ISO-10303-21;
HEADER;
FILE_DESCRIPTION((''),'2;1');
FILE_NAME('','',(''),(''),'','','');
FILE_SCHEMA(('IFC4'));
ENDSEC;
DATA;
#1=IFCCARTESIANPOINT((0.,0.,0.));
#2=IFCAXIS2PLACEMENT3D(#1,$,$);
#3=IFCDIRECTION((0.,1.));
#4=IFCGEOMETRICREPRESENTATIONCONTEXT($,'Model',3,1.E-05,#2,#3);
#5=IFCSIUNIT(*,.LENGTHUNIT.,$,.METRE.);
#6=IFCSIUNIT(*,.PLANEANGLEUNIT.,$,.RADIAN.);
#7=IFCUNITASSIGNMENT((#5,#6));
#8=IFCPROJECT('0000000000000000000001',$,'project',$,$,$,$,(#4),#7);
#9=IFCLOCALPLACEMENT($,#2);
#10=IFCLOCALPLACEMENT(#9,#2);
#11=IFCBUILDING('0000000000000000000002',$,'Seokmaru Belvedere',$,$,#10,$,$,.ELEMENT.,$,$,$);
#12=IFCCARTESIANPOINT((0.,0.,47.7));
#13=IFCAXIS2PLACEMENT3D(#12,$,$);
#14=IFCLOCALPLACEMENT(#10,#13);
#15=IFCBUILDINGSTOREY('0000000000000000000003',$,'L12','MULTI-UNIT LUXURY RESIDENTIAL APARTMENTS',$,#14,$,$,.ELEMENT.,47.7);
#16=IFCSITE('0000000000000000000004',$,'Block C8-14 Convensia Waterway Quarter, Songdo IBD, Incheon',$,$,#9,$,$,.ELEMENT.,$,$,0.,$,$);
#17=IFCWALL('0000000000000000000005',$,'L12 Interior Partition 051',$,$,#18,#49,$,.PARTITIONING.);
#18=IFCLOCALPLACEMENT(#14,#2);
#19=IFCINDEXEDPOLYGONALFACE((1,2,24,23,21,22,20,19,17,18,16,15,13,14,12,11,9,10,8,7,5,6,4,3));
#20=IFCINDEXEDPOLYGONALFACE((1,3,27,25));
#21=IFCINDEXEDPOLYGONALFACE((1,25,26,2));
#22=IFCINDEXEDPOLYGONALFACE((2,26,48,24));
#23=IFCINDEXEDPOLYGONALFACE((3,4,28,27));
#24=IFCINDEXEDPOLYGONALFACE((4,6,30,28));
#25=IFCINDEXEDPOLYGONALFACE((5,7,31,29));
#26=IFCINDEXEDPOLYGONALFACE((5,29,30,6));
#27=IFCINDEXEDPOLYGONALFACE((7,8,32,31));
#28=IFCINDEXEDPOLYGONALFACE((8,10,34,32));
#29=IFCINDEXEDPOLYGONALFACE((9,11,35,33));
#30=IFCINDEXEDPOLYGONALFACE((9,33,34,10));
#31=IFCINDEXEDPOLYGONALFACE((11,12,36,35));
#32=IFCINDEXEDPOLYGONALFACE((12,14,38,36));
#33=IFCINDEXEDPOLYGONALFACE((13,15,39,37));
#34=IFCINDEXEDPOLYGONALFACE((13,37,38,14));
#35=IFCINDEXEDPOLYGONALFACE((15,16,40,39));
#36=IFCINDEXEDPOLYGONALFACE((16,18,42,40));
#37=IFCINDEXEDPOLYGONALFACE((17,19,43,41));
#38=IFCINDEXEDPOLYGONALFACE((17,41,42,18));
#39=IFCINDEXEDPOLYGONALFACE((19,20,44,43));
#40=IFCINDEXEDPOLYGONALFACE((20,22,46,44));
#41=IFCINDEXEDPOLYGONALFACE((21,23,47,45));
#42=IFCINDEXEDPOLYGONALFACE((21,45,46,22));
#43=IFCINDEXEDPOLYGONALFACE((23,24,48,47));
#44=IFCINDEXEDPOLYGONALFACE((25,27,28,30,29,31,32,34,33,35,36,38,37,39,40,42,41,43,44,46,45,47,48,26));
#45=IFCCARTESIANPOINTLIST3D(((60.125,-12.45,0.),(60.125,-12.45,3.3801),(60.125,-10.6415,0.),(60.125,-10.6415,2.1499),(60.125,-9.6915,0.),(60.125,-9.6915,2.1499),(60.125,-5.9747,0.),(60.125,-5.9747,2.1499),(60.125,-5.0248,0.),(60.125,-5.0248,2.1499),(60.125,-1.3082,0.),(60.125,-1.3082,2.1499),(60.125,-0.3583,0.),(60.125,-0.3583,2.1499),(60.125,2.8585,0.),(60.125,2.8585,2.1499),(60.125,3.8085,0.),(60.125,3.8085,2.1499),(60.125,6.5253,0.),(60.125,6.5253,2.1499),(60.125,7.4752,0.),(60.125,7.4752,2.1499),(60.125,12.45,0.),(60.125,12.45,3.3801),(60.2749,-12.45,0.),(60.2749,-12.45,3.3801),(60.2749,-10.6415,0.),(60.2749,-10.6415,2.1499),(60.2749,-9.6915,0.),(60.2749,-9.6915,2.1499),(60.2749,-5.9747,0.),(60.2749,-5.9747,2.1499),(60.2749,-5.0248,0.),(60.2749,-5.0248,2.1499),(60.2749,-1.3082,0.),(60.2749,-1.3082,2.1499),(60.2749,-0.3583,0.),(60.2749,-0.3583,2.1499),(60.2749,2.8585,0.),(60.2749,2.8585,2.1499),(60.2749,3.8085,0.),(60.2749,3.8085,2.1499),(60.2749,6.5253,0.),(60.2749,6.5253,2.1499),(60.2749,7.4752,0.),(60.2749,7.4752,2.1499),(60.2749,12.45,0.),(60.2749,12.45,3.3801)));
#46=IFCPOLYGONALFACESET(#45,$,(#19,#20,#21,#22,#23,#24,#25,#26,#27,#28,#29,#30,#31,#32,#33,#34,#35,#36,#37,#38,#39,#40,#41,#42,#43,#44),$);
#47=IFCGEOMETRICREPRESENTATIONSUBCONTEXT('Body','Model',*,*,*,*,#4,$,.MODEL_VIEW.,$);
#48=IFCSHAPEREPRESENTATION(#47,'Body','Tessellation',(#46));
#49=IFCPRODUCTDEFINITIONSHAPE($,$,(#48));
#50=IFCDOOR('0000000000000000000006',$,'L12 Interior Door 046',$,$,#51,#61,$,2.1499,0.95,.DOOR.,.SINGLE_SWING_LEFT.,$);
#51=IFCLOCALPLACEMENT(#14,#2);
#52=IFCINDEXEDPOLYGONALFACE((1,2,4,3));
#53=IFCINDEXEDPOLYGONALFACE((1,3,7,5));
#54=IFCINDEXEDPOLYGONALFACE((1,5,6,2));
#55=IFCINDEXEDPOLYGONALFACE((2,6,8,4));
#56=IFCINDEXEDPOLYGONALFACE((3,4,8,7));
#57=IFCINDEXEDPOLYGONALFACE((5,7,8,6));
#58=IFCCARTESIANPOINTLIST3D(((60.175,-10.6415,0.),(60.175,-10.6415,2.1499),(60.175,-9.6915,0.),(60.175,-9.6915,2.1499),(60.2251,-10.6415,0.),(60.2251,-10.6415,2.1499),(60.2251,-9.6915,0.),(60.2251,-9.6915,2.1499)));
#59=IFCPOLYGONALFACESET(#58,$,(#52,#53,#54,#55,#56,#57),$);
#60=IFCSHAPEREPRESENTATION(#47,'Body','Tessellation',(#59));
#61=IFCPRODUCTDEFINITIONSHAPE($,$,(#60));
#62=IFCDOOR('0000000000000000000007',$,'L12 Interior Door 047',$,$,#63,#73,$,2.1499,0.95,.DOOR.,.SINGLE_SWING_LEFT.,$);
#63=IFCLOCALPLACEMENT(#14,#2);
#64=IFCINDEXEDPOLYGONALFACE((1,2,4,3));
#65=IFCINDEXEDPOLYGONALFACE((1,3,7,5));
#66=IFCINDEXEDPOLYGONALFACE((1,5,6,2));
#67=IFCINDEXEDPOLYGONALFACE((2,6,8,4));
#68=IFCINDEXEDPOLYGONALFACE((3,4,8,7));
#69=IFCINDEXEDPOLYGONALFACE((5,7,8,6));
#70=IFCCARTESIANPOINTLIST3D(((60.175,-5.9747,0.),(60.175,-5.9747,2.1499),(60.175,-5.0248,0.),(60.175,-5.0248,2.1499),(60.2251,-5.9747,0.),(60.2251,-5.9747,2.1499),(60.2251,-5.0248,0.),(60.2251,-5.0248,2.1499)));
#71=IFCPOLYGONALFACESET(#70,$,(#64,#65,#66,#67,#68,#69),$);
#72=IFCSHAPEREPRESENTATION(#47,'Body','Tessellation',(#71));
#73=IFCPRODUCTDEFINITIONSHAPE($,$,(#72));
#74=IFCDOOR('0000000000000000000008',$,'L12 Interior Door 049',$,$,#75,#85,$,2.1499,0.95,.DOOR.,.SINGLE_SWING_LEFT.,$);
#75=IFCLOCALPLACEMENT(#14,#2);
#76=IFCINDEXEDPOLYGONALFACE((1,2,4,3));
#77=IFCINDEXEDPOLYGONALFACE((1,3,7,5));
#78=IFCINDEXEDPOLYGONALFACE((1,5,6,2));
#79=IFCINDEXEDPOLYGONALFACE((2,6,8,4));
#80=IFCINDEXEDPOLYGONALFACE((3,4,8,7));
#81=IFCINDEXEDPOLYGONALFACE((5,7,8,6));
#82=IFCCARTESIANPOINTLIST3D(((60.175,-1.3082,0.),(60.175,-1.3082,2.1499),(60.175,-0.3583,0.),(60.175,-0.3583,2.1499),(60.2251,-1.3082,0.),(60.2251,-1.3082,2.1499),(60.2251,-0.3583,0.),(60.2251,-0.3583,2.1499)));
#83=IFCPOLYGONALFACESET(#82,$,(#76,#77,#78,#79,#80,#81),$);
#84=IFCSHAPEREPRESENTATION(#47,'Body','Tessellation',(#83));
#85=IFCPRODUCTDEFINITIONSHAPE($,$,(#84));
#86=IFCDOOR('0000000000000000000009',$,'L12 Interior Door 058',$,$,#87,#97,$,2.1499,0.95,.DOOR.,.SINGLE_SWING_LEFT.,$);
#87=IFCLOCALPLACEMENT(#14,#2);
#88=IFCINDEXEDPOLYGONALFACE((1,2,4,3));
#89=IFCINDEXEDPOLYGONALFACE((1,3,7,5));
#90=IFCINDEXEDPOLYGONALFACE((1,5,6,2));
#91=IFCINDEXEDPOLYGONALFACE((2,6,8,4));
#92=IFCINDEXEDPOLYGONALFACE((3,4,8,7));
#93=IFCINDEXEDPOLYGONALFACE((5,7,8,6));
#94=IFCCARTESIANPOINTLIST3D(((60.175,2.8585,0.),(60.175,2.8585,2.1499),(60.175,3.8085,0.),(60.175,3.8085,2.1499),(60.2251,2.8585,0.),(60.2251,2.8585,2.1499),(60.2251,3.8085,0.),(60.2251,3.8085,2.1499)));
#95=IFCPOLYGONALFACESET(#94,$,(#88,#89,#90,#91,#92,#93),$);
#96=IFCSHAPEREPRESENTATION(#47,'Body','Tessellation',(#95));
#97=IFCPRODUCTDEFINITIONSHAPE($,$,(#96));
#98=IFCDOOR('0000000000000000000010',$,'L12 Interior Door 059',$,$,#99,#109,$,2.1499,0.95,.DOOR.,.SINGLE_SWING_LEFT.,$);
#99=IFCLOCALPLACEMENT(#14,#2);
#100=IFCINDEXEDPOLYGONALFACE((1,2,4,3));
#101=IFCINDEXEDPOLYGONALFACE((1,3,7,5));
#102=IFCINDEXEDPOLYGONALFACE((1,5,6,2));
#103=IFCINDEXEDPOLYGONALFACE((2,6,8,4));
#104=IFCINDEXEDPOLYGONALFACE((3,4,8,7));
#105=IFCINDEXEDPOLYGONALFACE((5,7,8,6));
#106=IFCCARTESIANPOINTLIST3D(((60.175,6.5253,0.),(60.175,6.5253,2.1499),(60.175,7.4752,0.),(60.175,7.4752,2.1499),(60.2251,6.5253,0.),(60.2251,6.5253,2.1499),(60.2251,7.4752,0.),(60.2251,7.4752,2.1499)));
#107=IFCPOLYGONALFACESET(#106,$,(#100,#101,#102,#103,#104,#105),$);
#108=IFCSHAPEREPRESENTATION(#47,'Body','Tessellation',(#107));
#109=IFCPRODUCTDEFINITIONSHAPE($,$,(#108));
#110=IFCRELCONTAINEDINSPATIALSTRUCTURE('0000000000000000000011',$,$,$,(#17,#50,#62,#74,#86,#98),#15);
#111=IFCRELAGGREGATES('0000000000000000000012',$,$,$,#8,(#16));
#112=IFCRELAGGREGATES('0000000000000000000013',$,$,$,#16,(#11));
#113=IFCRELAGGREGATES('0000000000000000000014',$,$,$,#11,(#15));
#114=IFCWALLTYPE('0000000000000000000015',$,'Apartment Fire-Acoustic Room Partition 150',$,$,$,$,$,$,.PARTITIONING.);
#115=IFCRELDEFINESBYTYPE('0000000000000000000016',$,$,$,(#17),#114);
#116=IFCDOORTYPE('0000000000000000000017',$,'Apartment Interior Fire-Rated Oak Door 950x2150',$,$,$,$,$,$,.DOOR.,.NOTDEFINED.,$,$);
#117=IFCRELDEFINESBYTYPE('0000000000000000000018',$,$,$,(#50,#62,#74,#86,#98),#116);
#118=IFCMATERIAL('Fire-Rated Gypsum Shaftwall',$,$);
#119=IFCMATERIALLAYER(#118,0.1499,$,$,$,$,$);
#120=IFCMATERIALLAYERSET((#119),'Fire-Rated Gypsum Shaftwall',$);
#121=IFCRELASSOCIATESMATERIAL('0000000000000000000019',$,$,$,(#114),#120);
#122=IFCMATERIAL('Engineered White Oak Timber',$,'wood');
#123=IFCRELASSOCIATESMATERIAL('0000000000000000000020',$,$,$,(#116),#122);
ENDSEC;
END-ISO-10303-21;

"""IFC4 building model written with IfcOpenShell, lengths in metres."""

from ifc_helpers import new_model, si_unit, direction, frame, frame_2d, origin, place, context, subcontext, project, spatial, rectangle, extrude, source, transform, mapped, material, layer, layer_set, type_object, type_shapes, element, fill, save


model = new_model("IFC4")

# Units and contexts
model_context = context("Model", 3, precision=1e-05, world=origin(), true_north=direction((0.0, 1.0)))
body_context = subcontext(model_context, "Body", "Model", "MODEL_VIEW")
ifc_project = project(units=[si_unit("LENGTHUNIT", "METRE"), si_unit("PLANEANGLEUNIT", "RADIAN")], contexts=[model_context])

# Site, building, storey
site_placement = place(None, origin())
site = spatial("IfcSite", under=ifc_project, at=site_placement, Name="Block C8-14 Convensia Waterway Quarter, Songdo IBD, Incheon", CompositionType="ELEMENT", RefElevation=0.0)
building_placement = place(site_placement, origin())
building = spatial("IfcBuilding", under=site, at=building_placement, Name="Seokmaru Belvedere", CompositionType="ELEMENT")
storey_placement = place(building_placement, frame((0.0, 0.0, 47.7)))
storey = spatial("IfcBuildingStorey", under=building, at=storey_placement, Name="L12", Description="MULTI-UNIT LUXURY RESIDENTIAL APARTMENTS", CompositionType="ELEMENT", Elevation=47.7)

# Wall, openings, doors
ifc_material_1 = material(Name="Fire-Rated Gypsum Shaftwall")
ifc_layer_1 = layer(ifc_material_1, 0.1499)
ifc_layer_set_1 = layer_set([ifc_layer_1], Name="Fire-Rated Gypsum Shaftwall")
wall_type = type_object("IfcWallType", Name="Apartment Fire-Acoustic Room Partition 150", PredefinedType="PARTITIONING", material=ifc_layer_set_1)
ifc_material_2 = material(Name="Engineered White Oak Timber", Category="wood")
door_type = type_object("IfcDoorType", Name="Apartment Interior Fire-Rated Oak Door 950x2150", OperationType="NOTDEFINED", PredefinedType="DOOR", material=ifc_material_2)
shared_shape_1 = source(origin(), body_context, "Body", "SweptSolid", [
    extrude(rectangle(XDim=0.95, YDim=2.1499, at=frame_2d((0.4751, 1.075))), frame((0.0, 0.0249, 0.0), z_axis=(0.0, -1.0, 0.0), x_axis=(1.0, 0.0, 0.0)), (0.0, 0.0, 1.0), 0.05),
])
type_shapes(door_type, [shared_shape_1])
wall_1_placement = place(storey_placement, frame((60.2, -12.45, 0.0), z_axis=(0.0, 0.0, 1.0), x_axis=(0.0, 1.0, 0.0)))
wall_1 = element("IfcWall", 1, at=wall_1_placement, inside=storey, type_object=wall_type, Name="L12 Interior Partition 051", PredefinedType="PARTITIONING", context=body_context, shape_type="SweptSolid", body=[
    extrude(rectangle(XDim=24.8999, YDim=0.1499, at=frame_2d((12.45, 0.0))), origin(), (0.0, 0.0, 1.0), 3.3801),
])
opening_1_placement = place(wall_1_placement, frame((1.8083, 0.0, 0.0)))
opening_1 = element("IfcOpeningElement", 2, at=opening_1_placement, cuts=wall_1, PredefinedType="OPENING", context=body_context, shape_type="SweptSolid", body=[
    extrude(rectangle(XDim=0.95, YDim=2.1499, at=frame_2d((0.4751, 1.075))), frame((0.0, 0.085, 0.0), z_axis=(0.0, -1.0, 0.0), x_axis=(1.0, 0.0, 0.0)), (0.0, 0.0, 1.0), 0.1699),
])
opening_2_placement = place(wall_1_placement, frame((6.4751, 0.0, 0.0)))
opening_2 = element("IfcOpeningElement", 3, at=opening_2_placement, cuts=wall_1, PredefinedType="OPENING", context=body_context, shape_type="SweptSolid", body=[
    extrude(rectangle(XDim=0.95, YDim=2.1499, at=frame_2d((0.4751, 1.075))), frame((0.0, 0.085, 0.0), z_axis=(0.0, -1.0, 0.0), x_axis=(1.0, 0.0, 0.0)), (0.0, 0.0, 1.0), 0.1699),
])
opening_3_placement = place(wall_1_placement, frame((11.1416, 0.0, 0.0)))
opening_3 = element("IfcOpeningElement", 4, at=opening_3_placement, cuts=wall_1, PredefinedType="OPENING", context=body_context, shape_type="SweptSolid", body=[
    extrude(rectangle(XDim=0.95, YDim=2.1499, at=frame_2d((0.4751, 1.075))), frame((0.0, 0.085, 0.0), z_axis=(0.0, -1.0, 0.0), x_axis=(1.0, 0.0, 0.0)), (0.0, 0.0, 1.0), 0.1699),
])
opening_4_placement = place(wall_1_placement, frame((15.3083, 0.0, 0.0)))
opening_4 = element("IfcOpeningElement", 5, at=opening_4_placement, cuts=wall_1, PredefinedType="OPENING", context=body_context, shape_type="SweptSolid", body=[
    extrude(rectangle(XDim=0.95, YDim=2.1499, at=frame_2d((0.4751, 1.075))), frame((0.0, 0.085, 0.0), z_axis=(0.0, -1.0, 0.0), x_axis=(1.0, 0.0, 0.0)), (0.0, 0.0, 1.0), 0.1699),
])
opening_5_placement = place(wall_1_placement, frame((18.9751, 0.0, 0.0)))
opening_5 = element("IfcOpeningElement", 6, at=opening_5_placement, cuts=wall_1, PredefinedType="OPENING", context=body_context, shape_type="SweptSolid", body=[
    extrude(rectangle(XDim=0.95, YDim=2.1499, at=frame_2d((0.4751, 1.075))), frame((0.0, 0.085, 0.0), z_axis=(0.0, -1.0, 0.0), x_axis=(1.0, 0.0, 0.0)), (0.0, 0.0, 1.0), 0.1699),
])
door_1_placement = place(opening_1_placement, origin())
door_1 = element("IfcDoor", 7, at=door_1_placement, inside=storey, type_object=door_type, Name="L12 Interior Door 046", OperationType="SINGLE_SWING_LEFT", OverallHeight=2.1499, OverallWidth=0.95, PredefinedType="DOOR", context=body_context, shape_type="MappedRepresentation", body=[
    mapped(shared_shape_1, transform((0.0, 0.0, 0.0), scale=1.0)),
])
fill(opening_1, door_1)
door_2_placement = place(opening_2_placement, origin())
door_2 = element("IfcDoor", 8, at=door_2_placement, inside=storey, type_object=door_type, Name="L12 Interior Door 047", OperationType="SINGLE_SWING_LEFT", OverallHeight=2.1499, OverallWidth=0.95, PredefinedType="DOOR", context=body_context, shape_type="MappedRepresentation", body=[
    mapped(shared_shape_1, transform((0.0, 0.0, 0.0), scale=1.0)),
])
fill(opening_2, door_2)
door_3_placement = place(opening_3_placement, origin())
door_3 = element("IfcDoor", 9, at=door_3_placement, inside=storey, type_object=door_type, Name="L12 Interior Door 049", OperationType="SINGLE_SWING_LEFT", OverallHeight=2.1499, OverallWidth=0.95, PredefinedType="DOOR", context=body_context, shape_type="MappedRepresentation", body=[
    mapped(shared_shape_1, transform((0.0, 0.0, 0.0), scale=1.0)),
])
fill(opening_3, door_3)
door_4_placement = place(opening_4_placement, origin())
door_4 = element("IfcDoor", 10, at=door_4_placement, inside=storey, type_object=door_type, Name="L12 Interior Door 058", OperationType="SINGLE_SWING_LEFT", OverallHeight=2.1499, OverallWidth=0.95, PredefinedType="DOOR", context=body_context, shape_type="MappedRepresentation", body=[
    mapped(shared_shape_1, transform((0.0, 0.0, 0.0), scale=1.0)),
])
fill(opening_4, door_4)
door_5_placement = place(opening_5_placement, origin())
door_5 = element("IfcDoor", 11, at=door_5_placement, inside=storey, type_object=door_type, Name="L12 Interior Door 059", OperationType="SINGLE_SWING_LEFT", OverallHeight=2.1499, OverallWidth=0.95, PredefinedType="DOOR", context=body_context, shape_type="MappedRepresentation", body=[
    mapped(shared_shape_1, transform((0.0, 0.0, 0.0), scale=1.0)),
])
fill(opening_5, door_5)

save(model, "model.ifc")
